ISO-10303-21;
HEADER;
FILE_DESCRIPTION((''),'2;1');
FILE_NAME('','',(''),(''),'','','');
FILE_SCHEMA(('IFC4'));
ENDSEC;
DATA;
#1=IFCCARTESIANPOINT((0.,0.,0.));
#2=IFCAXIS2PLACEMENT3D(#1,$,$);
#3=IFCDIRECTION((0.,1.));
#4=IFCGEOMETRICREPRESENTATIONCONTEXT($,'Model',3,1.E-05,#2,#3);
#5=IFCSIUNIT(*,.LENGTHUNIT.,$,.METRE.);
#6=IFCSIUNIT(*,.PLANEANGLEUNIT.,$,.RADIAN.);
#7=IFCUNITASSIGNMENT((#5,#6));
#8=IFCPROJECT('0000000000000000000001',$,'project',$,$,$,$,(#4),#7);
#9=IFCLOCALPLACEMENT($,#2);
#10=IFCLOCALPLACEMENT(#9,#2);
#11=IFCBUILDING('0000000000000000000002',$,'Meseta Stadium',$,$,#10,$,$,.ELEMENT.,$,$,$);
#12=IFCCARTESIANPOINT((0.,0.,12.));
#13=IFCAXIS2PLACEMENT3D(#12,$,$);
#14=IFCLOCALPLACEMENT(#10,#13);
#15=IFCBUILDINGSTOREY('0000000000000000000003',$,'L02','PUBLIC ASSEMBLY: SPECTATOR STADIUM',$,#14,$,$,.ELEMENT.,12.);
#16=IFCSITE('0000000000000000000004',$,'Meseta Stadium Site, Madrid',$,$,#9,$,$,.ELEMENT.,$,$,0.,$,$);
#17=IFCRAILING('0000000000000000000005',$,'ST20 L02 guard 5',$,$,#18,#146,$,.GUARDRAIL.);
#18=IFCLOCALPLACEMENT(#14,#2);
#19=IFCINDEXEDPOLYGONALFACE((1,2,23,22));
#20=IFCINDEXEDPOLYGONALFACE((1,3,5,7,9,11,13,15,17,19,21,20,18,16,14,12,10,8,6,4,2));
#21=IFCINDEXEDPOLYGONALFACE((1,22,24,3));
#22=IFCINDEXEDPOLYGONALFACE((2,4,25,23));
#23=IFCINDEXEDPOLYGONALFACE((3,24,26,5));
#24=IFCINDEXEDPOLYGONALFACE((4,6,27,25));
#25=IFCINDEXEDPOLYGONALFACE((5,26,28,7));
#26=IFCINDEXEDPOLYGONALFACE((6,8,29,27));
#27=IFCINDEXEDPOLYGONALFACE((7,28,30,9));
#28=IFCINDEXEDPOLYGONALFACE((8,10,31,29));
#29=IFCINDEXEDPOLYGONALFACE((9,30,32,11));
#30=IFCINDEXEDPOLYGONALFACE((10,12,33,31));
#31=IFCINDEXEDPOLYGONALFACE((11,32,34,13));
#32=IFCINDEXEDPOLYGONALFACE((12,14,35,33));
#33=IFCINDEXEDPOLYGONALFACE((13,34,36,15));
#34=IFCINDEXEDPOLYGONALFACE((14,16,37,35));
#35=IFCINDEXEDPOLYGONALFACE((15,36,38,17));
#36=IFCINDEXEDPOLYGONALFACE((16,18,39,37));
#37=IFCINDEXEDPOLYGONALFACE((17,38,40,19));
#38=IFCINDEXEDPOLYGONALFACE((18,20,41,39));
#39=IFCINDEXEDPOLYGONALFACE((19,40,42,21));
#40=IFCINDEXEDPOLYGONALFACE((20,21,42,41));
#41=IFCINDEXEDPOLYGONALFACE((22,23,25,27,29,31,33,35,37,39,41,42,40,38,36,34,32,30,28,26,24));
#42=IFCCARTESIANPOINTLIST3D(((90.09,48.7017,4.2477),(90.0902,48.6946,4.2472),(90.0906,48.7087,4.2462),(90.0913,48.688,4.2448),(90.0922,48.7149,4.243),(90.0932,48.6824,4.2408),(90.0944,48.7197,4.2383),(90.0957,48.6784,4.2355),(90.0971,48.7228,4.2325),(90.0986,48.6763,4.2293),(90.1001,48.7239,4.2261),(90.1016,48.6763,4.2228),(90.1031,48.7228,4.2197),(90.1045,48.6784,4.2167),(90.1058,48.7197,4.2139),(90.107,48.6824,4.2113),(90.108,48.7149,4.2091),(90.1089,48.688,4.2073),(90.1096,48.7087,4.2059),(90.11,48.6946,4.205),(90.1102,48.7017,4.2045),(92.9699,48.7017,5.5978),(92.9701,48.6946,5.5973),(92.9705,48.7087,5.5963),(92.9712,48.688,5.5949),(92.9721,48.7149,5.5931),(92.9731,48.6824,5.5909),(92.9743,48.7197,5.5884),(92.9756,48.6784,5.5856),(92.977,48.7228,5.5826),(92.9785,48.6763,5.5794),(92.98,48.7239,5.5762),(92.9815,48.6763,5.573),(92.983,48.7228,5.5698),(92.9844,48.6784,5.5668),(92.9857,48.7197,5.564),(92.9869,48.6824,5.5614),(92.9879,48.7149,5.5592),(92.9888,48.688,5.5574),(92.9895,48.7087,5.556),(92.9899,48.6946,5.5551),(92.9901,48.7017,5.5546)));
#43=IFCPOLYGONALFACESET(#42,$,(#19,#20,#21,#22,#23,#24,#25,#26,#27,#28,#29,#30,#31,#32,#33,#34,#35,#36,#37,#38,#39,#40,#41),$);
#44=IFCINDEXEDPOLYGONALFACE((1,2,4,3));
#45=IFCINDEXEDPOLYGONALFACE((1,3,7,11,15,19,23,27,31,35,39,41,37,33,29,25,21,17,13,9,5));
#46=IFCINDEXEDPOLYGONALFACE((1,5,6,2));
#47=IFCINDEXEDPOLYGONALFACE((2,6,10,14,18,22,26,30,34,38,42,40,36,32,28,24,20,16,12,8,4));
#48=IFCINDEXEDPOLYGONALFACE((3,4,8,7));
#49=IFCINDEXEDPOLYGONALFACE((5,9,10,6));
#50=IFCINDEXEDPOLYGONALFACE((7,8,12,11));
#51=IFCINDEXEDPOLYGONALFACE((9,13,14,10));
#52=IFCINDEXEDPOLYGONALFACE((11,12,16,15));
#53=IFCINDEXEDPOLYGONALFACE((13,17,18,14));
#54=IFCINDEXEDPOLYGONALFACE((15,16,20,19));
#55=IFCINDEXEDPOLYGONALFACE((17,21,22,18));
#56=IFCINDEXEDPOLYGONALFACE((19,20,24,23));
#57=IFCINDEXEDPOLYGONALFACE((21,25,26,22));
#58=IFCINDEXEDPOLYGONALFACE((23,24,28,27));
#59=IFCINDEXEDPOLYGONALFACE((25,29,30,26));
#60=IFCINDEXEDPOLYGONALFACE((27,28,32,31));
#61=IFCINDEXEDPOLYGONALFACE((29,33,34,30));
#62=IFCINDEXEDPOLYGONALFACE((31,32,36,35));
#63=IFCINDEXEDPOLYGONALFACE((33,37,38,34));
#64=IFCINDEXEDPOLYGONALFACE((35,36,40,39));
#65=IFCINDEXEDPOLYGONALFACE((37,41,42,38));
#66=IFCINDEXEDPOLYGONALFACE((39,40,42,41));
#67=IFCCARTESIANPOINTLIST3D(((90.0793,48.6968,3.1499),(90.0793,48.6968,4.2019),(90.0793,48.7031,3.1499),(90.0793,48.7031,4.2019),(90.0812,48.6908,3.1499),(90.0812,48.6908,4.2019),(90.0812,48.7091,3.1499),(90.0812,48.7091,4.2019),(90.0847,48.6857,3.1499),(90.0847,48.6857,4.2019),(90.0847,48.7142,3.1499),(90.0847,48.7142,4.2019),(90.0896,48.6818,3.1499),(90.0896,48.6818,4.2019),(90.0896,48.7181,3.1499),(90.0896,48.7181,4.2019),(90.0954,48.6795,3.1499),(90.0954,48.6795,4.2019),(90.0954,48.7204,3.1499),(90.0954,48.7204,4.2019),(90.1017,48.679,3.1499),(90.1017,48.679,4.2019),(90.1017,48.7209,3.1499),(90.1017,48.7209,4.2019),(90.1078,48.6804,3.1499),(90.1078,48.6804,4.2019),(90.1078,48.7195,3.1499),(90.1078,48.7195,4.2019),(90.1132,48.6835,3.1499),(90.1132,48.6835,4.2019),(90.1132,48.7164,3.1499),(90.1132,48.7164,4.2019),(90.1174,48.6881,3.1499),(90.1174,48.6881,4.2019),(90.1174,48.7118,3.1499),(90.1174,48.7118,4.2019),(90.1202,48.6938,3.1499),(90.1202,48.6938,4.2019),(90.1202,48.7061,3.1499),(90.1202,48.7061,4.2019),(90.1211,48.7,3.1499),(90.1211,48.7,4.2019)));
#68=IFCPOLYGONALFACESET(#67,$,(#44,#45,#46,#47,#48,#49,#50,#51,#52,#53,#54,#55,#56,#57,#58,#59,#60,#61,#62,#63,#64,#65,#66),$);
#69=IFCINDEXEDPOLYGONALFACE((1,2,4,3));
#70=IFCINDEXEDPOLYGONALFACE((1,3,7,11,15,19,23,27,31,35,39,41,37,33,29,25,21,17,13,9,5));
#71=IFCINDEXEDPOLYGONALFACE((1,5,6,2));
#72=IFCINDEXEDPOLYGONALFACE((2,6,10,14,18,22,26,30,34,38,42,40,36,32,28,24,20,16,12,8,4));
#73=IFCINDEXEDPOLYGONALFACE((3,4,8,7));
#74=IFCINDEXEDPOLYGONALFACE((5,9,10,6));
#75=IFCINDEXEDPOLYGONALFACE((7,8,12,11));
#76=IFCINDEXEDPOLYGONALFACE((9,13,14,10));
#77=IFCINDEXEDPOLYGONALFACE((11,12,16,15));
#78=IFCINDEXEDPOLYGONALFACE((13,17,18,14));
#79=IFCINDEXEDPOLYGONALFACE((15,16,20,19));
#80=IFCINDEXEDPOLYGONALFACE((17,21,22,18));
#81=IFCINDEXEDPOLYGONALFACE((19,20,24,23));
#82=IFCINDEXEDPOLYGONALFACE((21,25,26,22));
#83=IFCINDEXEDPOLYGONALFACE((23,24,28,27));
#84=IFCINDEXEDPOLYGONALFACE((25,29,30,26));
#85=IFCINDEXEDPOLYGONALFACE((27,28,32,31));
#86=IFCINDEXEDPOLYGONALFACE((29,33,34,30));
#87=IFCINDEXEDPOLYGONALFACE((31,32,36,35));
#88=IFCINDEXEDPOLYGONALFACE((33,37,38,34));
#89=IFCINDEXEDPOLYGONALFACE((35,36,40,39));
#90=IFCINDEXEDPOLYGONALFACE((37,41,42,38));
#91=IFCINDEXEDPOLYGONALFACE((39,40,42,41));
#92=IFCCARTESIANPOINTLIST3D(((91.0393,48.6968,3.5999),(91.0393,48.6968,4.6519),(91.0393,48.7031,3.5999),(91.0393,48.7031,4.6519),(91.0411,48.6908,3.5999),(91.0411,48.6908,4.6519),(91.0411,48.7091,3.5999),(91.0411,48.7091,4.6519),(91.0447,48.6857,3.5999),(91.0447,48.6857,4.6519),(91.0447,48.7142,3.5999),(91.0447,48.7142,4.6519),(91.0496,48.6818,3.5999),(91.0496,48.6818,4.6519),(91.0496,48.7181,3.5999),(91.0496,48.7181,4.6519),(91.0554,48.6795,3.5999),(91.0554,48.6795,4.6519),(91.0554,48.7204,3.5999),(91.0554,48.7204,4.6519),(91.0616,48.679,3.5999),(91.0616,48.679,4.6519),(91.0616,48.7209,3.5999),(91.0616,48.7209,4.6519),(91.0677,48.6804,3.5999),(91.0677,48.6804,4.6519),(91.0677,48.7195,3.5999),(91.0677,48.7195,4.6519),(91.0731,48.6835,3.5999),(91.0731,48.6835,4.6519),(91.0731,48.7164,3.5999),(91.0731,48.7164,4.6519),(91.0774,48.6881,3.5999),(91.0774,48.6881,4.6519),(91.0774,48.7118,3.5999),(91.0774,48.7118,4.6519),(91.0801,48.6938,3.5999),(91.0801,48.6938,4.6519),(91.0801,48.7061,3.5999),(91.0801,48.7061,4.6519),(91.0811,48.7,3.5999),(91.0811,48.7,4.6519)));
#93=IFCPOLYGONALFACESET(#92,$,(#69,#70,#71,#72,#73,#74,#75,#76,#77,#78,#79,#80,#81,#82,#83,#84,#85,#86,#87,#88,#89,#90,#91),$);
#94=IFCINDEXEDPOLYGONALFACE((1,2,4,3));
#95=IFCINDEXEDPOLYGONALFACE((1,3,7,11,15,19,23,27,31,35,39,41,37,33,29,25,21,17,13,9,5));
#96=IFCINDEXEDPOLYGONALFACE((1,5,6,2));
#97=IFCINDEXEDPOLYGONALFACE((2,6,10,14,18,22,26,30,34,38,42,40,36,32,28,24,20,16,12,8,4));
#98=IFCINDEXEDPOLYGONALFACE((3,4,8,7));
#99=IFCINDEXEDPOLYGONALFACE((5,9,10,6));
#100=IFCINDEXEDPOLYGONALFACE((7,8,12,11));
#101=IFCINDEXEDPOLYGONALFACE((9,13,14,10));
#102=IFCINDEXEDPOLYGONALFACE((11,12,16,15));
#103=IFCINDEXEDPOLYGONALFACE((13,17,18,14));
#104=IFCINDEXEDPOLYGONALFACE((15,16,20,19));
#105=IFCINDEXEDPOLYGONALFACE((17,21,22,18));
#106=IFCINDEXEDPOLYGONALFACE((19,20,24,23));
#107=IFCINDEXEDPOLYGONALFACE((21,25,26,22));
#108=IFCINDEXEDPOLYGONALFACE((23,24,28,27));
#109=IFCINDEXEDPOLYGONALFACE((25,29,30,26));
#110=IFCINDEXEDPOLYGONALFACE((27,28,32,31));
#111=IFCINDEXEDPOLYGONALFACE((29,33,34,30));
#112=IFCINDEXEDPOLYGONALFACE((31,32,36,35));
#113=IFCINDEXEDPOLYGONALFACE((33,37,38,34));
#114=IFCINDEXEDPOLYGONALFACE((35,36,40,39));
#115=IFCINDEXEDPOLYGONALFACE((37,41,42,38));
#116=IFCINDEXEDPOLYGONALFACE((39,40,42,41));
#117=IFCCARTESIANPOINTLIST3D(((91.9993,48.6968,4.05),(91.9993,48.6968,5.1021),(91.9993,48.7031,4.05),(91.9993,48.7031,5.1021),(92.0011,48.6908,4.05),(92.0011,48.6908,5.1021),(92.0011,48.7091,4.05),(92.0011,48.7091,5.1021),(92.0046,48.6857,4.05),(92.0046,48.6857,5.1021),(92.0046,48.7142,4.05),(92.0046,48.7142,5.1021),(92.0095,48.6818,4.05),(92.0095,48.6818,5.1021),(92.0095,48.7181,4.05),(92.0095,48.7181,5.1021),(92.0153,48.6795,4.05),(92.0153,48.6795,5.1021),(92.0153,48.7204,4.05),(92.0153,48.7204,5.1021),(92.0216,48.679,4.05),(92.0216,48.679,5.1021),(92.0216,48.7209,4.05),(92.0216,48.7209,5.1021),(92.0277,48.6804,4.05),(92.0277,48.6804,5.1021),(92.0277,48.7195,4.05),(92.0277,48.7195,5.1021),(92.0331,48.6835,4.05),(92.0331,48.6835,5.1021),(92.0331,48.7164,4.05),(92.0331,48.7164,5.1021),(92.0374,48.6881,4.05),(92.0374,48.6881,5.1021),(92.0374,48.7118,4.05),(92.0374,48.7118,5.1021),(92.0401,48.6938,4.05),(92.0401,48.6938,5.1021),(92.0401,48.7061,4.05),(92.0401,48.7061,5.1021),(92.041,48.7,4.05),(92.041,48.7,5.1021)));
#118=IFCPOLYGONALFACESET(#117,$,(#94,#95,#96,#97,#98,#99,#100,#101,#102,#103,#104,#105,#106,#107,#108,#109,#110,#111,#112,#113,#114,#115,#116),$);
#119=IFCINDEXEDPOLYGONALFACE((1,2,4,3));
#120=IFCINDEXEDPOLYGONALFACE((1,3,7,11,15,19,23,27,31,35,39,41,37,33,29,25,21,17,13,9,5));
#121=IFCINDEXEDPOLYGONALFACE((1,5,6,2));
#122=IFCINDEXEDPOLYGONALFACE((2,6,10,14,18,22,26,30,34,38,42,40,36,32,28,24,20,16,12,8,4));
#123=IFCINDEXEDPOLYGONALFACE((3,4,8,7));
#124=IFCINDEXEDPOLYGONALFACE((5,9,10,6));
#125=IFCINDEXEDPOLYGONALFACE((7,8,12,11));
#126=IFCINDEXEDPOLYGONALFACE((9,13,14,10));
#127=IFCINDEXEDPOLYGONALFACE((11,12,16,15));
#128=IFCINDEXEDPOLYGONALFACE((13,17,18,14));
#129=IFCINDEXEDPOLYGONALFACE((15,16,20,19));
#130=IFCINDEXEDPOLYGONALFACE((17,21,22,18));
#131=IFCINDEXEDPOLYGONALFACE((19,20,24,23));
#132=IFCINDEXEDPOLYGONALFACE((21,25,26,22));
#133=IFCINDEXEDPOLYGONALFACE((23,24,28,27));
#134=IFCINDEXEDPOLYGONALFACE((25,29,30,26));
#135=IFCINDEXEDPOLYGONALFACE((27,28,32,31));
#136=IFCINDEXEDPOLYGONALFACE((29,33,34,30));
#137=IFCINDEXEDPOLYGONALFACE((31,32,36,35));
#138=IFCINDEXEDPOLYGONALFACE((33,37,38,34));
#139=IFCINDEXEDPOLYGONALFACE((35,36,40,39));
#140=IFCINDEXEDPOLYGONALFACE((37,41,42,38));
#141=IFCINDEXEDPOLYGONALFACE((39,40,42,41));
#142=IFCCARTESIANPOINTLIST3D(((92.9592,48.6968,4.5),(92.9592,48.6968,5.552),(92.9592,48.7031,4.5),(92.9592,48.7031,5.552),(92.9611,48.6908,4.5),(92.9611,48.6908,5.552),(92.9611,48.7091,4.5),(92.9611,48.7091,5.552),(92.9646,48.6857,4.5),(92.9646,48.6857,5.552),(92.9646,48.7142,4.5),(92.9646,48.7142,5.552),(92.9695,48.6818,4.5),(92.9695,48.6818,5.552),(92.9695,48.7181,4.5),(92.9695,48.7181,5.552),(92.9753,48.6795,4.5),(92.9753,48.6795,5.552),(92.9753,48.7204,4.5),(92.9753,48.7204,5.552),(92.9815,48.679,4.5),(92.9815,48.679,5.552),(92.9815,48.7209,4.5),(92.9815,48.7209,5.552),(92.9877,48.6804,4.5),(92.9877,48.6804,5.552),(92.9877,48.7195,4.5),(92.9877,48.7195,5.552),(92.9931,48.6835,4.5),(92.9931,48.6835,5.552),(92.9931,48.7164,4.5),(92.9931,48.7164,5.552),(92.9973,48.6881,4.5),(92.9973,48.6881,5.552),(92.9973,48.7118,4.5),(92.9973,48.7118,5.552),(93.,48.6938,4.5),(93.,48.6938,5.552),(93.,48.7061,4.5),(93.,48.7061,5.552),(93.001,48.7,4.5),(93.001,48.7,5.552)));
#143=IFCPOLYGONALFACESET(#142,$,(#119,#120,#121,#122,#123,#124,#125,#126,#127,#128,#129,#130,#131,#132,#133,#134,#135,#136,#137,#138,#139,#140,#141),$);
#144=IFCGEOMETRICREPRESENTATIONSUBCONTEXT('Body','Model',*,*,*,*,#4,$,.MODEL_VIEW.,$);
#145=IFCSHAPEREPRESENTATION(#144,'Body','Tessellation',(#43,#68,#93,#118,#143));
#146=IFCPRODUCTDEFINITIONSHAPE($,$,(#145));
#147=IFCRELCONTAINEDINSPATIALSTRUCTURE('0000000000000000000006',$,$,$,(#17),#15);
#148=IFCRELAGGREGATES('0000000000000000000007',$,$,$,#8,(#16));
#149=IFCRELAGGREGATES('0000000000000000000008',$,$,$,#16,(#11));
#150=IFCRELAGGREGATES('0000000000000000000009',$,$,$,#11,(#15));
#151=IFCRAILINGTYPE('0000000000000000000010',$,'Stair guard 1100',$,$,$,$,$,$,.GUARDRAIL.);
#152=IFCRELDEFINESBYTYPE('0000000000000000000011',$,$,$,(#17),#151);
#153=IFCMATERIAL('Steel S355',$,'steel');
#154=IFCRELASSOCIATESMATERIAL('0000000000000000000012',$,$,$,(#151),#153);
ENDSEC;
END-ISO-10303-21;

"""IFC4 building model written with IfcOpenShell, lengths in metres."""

from ifc_helpers import new_model, si_unit, direction, frame, origin, origin_2d, place, context, subcontext, project, spatial, circle, extrude, material, type_object, element, save


model = new_model("IFC4")

# Units and contexts
model_context = context("Model", 3, precision=1e-05, world=origin(), true_north=direction((0.0, 1.0)))
body_context = subcontext(model_context, "Body", "Model", "MODEL_VIEW")
ifc_project = project(units=[si_unit("LENGTHUNIT", "METRE"), si_unit("PLANEANGLEUNIT", "RADIAN")], contexts=[model_context])

# Site, building, storey
site_placement = place(None, origin())
site = spatial("IfcSite", under=ifc_project, at=site_placement, Name="Meseta Stadium Site, Madrid", CompositionType="ELEMENT", RefElevation=0.0)
building_placement = place(site_placement, origin())
building = spatial("IfcBuilding", under=site, at=building_placement, Name="Meseta Stadium", CompositionType="ELEMENT")
storey_placement = place(building_placement, frame((0.0, 0.0, 12.0)))
storey = spatial("IfcBuildingStorey", under=building, at=storey_placement, Name="L02", Description="PUBLIC ASSEMBLY: SPECTATOR STADIUM", CompositionType="ELEMENT", Elevation=12.0)

# Railing
ifc_material_1 = material(Name="Steel S355", Category="steel")
railing_type_1 = type_object("IfcRailingType", Name="Stair guard 1100", PredefinedType="GUARDRAIL", material=ifc_material_1)
railing_1_placement = place(storey_placement, frame((90.1001, 48.7, 3.1499)))
element("IfcRailing", 1, at=railing_1_placement, inside=storey, type_object=railing_type_1, Name="ST20 L02 guard 5", PredefinedType="GUARDRAIL", context=body_context, shape_type="SweptSolid", body=[
    extrude(circle(Radius=0.0239, at=origin_2d()), frame((0.0, 0.0, 1.0762), z_axis=(0.90544, 0.0, 0.424473), x_axis=(0.0, 1.0, 0.0)), (0.0, 0.0, 1.0), 3.1807),
    extrude(circle(Radius=0.021, at=origin_2d()), origin(), (0.0, 0.0, 1.0), 1.052),
    extrude(circle(Radius=0.021, at=origin_2d()), frame((0.96, 0.0, 0.45)), (0.0, 0.0, 1.0), 1.052),
    extrude(circle(Radius=0.021, at=origin_2d()), frame((1.9199, 0.0, 0.9001)), (0.0, 0.0, 1.0), 1.052),
    extrude(circle(Radius=0.021, at=origin_2d()), frame((2.8799, 0.0, 1.3501)), (0.0, 0.0, 1.0), 1.052),
])

save(model, "model.ifc")
